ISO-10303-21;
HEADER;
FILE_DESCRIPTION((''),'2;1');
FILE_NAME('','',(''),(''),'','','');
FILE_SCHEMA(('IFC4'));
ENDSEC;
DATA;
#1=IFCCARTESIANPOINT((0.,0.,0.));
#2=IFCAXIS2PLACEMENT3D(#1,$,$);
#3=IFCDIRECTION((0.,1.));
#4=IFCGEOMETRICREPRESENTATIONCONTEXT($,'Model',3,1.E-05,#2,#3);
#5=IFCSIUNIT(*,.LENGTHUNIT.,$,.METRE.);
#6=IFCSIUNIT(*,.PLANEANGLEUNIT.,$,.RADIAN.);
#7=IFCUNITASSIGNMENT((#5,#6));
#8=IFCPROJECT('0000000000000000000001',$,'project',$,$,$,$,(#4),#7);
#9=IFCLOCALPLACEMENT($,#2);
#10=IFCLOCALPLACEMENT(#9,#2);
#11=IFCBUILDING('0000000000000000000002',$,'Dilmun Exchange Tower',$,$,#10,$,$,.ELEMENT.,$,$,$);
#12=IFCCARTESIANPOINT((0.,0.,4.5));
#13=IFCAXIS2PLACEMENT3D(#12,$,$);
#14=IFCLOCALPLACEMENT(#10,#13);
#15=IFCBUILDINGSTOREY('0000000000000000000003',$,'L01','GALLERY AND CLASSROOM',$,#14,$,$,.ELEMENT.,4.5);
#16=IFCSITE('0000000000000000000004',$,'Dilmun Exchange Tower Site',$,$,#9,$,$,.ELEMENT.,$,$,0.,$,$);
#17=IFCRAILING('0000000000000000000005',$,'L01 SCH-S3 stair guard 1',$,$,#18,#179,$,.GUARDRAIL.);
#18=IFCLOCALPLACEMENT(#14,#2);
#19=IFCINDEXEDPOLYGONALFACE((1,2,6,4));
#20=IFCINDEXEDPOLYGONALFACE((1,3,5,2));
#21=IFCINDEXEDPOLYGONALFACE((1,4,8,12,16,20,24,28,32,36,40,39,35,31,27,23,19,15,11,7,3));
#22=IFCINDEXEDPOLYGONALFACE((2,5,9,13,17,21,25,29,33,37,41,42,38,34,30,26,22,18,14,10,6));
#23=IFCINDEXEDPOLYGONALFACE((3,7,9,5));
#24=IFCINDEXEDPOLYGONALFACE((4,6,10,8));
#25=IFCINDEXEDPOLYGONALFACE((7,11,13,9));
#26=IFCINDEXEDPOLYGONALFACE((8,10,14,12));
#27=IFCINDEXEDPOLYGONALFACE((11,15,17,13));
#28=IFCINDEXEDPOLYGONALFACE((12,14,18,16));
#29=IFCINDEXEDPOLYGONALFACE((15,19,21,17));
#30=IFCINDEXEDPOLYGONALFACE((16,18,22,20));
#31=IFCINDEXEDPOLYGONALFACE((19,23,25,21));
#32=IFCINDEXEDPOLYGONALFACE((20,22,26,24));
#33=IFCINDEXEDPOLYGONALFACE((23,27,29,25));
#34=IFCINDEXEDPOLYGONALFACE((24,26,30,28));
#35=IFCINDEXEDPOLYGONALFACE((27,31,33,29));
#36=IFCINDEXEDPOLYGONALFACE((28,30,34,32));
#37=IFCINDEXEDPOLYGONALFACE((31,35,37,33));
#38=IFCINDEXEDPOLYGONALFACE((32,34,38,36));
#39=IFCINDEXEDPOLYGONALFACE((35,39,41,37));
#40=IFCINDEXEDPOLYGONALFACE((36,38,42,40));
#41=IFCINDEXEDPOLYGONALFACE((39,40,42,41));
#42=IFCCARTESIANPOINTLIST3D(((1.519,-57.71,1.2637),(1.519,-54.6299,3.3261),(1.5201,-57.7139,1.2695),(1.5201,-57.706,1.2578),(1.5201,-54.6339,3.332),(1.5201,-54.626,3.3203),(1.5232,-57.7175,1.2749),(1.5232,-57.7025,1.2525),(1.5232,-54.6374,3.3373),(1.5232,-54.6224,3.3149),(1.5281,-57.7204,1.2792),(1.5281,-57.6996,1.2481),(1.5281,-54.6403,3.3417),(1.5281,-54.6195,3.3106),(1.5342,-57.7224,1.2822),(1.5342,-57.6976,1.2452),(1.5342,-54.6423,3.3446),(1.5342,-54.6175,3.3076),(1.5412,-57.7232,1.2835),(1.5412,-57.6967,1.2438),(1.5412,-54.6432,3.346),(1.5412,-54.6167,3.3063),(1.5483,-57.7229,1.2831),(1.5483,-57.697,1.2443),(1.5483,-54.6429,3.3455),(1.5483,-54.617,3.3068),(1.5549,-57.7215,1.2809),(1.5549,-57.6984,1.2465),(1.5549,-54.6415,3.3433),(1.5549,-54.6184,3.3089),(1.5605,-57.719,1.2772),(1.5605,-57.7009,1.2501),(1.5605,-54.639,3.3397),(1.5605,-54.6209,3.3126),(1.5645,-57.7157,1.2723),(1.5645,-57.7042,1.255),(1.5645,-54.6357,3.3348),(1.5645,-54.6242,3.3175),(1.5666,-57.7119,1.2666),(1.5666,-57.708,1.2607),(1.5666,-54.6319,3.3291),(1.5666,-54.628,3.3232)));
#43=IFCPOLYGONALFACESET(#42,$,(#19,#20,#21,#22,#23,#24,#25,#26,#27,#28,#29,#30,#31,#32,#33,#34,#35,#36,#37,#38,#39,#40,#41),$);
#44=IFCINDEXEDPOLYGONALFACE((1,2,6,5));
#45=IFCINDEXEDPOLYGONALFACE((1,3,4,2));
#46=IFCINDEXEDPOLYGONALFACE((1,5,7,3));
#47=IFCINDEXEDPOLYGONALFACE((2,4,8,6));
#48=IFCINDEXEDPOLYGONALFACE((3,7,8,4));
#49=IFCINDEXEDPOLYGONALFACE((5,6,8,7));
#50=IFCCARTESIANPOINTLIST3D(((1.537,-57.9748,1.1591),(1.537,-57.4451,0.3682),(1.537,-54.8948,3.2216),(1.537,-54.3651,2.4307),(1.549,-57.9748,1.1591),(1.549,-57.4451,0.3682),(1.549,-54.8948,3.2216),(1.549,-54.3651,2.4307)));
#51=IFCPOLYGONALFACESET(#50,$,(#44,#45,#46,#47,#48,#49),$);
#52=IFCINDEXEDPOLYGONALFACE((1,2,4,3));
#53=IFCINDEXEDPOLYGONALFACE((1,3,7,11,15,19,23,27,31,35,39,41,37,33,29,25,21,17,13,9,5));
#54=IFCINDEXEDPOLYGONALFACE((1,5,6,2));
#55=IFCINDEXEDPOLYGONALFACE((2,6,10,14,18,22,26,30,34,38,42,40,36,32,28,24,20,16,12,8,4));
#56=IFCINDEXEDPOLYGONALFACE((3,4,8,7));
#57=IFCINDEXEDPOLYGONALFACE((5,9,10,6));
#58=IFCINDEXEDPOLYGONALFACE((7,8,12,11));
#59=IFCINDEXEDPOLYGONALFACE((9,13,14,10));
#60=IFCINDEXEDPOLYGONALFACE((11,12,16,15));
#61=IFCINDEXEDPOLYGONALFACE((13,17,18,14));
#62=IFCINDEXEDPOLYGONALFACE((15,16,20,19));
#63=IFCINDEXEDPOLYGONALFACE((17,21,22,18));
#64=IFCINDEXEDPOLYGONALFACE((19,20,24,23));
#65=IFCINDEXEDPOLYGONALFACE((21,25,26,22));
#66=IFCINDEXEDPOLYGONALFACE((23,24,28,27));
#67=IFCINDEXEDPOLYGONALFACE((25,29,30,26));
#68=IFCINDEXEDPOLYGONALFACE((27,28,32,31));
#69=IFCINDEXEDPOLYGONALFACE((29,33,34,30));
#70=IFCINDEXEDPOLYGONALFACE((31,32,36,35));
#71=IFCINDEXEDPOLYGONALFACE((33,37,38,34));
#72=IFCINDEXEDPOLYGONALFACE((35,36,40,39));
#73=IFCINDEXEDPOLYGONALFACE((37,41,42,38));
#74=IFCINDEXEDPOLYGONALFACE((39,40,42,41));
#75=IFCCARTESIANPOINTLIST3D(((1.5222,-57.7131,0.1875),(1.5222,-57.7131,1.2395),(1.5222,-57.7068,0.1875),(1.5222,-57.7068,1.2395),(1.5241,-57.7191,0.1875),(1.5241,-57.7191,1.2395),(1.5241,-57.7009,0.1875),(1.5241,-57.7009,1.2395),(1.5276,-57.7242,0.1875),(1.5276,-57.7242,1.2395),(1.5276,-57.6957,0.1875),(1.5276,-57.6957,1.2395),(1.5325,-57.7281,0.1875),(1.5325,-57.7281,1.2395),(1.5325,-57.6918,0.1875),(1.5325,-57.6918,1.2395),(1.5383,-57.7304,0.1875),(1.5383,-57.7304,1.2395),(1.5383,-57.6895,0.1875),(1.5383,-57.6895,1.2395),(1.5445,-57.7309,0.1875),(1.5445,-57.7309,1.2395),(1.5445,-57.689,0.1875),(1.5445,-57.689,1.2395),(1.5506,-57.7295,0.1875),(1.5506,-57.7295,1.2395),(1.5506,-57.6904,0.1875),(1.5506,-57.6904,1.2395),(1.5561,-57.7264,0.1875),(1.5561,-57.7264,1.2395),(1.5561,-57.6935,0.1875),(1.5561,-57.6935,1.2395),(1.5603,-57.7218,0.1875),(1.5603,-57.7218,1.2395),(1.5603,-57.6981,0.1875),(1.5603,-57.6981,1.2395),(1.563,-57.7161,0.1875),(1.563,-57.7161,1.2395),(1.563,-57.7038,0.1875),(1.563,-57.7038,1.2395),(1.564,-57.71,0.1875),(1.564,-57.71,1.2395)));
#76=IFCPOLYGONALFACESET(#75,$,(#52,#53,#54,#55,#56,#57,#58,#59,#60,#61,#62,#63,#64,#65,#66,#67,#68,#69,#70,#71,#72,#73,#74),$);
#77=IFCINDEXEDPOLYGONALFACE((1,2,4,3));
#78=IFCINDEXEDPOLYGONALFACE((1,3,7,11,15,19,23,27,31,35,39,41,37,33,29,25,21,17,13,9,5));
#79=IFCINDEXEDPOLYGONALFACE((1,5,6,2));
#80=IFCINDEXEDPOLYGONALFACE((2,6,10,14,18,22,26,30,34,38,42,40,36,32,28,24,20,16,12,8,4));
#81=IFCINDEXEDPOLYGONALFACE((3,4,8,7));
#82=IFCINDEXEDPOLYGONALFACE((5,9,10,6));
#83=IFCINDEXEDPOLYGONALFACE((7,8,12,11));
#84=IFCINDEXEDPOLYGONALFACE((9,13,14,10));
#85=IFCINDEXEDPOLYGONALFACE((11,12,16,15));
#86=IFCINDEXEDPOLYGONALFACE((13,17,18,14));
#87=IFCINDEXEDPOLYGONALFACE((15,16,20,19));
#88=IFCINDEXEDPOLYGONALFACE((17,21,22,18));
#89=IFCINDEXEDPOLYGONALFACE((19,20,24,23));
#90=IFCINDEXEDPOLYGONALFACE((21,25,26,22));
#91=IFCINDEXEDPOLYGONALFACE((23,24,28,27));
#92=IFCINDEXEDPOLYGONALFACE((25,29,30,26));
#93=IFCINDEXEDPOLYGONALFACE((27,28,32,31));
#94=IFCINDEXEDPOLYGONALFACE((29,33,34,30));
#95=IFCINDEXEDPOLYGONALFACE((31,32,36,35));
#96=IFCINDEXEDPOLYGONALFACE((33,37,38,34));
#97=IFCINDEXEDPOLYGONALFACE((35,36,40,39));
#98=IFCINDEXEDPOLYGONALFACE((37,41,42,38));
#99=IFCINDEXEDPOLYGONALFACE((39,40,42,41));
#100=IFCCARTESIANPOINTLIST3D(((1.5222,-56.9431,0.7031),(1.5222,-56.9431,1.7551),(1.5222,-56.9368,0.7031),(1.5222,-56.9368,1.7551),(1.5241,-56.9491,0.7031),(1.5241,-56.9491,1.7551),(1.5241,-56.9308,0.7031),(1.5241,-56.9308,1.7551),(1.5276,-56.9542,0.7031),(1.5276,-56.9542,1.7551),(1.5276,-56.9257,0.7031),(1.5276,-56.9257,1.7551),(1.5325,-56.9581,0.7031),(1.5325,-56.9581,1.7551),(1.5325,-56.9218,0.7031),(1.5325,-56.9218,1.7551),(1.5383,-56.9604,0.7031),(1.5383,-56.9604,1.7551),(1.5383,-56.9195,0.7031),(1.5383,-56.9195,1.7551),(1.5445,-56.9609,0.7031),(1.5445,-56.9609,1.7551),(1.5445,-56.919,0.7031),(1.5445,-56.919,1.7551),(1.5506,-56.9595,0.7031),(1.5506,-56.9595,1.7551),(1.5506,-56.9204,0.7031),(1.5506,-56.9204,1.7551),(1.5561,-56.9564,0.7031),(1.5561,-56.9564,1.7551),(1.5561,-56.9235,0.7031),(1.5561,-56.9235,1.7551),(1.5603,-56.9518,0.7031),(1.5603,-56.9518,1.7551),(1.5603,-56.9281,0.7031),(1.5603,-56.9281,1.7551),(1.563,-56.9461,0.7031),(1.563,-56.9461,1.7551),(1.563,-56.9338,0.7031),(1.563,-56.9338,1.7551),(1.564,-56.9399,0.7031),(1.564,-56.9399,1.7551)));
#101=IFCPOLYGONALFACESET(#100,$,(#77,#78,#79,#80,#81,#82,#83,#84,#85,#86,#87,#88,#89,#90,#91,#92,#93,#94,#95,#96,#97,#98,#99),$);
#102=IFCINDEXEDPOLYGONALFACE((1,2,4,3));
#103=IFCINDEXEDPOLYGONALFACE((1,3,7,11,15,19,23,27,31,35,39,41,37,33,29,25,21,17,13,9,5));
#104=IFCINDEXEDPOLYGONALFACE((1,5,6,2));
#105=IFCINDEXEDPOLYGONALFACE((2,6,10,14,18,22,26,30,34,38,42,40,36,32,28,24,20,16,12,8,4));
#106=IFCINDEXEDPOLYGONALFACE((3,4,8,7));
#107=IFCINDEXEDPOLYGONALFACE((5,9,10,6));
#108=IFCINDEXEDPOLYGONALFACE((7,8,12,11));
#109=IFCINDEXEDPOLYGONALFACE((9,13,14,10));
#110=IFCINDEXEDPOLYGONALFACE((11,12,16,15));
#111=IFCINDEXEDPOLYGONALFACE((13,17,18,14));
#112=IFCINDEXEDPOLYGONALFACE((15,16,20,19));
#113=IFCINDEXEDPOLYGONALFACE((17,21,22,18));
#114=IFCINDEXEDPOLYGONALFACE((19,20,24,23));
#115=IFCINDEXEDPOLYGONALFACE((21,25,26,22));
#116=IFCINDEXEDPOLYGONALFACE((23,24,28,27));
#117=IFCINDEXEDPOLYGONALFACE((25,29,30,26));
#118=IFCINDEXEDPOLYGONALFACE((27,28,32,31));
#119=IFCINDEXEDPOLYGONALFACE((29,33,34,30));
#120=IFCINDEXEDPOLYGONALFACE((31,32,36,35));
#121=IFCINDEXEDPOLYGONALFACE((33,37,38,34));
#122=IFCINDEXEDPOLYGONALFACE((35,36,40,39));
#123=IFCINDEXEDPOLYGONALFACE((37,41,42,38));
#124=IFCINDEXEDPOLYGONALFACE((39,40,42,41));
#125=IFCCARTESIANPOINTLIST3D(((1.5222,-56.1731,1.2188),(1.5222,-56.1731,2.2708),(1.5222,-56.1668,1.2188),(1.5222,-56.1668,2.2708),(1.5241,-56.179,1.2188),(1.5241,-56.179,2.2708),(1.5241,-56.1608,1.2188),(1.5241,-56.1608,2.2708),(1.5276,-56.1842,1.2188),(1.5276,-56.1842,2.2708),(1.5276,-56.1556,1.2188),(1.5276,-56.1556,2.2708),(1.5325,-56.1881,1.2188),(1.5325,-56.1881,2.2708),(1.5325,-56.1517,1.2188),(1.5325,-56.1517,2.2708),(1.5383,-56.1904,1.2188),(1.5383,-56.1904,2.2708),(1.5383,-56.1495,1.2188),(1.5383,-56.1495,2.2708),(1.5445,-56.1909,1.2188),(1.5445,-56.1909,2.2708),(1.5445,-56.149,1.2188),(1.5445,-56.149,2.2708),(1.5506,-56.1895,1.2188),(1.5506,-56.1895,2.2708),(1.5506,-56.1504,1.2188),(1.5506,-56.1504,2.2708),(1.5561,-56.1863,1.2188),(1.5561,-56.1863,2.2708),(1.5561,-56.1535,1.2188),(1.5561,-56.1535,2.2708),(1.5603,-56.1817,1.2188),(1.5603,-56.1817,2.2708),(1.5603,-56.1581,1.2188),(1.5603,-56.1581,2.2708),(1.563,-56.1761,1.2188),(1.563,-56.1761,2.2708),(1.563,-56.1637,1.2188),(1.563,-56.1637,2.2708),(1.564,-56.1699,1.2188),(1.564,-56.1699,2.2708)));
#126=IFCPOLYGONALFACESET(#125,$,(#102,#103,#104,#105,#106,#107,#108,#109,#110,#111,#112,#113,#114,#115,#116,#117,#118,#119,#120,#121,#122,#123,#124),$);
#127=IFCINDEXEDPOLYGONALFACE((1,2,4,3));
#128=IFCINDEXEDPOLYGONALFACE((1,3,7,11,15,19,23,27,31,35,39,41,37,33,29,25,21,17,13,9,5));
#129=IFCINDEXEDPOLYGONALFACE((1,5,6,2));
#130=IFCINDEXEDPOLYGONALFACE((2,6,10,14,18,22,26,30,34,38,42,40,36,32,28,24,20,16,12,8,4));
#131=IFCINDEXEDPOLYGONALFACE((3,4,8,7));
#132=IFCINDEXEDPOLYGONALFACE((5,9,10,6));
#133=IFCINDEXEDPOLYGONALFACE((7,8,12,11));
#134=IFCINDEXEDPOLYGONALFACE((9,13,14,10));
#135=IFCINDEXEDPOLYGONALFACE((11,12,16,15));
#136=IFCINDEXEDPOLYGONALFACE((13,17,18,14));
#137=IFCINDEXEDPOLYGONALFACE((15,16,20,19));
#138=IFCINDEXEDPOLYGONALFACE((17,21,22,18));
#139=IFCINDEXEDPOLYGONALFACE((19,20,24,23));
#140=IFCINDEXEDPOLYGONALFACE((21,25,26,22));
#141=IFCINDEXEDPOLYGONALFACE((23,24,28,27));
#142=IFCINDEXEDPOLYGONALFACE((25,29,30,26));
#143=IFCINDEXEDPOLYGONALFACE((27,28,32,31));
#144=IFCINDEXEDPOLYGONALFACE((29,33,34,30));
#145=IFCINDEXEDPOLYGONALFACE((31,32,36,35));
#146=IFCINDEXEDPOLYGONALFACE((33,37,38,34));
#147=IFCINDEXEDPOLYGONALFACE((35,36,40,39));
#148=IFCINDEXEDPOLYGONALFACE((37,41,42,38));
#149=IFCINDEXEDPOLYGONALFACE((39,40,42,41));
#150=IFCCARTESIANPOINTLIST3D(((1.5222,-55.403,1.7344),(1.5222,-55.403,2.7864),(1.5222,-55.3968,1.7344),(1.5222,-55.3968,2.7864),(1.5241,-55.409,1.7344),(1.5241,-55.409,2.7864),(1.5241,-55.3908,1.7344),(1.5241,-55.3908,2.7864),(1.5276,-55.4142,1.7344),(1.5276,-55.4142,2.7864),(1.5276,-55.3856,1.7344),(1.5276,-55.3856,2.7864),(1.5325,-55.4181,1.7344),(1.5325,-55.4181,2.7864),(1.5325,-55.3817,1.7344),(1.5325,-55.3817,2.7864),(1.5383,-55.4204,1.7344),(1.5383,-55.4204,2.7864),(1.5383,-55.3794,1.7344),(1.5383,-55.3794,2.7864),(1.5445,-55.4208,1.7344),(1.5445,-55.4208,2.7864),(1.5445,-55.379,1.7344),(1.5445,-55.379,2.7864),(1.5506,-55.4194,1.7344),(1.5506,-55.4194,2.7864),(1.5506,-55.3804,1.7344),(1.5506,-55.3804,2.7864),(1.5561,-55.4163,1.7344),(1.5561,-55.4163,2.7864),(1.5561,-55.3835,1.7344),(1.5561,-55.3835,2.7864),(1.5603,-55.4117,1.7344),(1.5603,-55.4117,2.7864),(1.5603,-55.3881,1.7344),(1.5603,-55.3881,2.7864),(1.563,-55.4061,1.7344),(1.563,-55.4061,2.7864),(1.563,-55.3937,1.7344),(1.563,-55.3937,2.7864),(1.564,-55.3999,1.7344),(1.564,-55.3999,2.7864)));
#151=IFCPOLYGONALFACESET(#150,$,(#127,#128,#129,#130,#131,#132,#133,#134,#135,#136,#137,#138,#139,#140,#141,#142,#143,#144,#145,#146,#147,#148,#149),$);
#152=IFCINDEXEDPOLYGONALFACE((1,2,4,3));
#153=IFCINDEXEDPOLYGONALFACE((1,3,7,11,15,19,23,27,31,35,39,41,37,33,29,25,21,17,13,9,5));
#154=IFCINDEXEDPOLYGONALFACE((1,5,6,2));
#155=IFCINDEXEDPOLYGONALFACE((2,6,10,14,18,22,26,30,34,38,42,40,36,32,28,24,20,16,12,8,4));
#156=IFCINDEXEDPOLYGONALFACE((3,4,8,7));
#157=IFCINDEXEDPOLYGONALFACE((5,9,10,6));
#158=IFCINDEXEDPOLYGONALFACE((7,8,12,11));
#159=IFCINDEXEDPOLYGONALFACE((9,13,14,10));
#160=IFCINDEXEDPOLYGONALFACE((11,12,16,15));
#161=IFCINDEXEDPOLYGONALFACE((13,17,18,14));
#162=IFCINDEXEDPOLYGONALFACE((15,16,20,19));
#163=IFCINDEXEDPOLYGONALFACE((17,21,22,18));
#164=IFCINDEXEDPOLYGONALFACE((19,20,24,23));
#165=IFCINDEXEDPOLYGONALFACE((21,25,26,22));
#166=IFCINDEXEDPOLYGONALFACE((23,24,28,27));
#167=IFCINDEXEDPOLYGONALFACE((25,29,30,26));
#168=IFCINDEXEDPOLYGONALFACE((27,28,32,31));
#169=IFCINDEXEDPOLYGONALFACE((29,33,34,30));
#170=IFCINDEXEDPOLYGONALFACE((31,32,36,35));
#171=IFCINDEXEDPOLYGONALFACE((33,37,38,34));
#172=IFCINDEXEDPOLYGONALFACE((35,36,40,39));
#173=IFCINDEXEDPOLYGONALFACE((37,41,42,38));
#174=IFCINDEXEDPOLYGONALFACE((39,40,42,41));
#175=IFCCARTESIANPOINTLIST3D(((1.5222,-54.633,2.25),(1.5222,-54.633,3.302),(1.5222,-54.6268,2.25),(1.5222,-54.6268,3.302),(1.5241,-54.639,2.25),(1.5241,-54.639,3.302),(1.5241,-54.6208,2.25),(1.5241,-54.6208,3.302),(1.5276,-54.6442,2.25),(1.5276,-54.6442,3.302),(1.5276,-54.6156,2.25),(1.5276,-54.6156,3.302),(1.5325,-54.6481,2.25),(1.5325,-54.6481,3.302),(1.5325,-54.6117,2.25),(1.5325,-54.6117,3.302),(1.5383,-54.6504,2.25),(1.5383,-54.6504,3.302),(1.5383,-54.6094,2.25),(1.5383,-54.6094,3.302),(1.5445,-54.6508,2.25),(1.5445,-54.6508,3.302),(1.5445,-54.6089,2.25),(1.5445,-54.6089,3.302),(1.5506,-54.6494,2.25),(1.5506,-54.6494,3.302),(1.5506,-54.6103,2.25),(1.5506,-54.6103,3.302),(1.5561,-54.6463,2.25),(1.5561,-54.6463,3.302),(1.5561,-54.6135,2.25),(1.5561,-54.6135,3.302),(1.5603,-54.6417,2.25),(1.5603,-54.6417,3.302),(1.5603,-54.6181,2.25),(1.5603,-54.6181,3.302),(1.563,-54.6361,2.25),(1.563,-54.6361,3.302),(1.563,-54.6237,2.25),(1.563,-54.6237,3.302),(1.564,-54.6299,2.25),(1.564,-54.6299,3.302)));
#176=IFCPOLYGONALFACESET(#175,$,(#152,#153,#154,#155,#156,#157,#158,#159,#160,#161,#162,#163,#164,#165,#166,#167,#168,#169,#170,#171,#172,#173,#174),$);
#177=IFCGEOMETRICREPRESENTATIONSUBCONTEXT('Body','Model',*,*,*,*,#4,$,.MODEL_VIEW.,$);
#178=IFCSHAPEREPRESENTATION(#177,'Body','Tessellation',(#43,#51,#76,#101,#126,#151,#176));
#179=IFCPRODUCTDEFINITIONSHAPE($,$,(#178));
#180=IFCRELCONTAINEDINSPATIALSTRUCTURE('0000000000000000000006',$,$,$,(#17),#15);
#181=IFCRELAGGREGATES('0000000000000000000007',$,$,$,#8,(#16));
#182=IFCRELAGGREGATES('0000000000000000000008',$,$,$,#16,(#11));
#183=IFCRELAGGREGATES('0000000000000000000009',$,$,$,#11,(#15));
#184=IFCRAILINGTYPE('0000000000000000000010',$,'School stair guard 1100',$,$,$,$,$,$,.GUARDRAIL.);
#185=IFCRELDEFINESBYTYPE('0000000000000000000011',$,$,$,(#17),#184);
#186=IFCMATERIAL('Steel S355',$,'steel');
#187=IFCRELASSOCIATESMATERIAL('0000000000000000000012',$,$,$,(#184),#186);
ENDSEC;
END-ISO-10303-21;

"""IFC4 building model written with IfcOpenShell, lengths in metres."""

from ifc_helpers import new_model, si_unit, direction, frame, origin, origin_2d, place, context, subcontext, project, spatial, rectangle, circle, extrude, material, type_object, element, save


model = new_model("IFC4")

# Units and contexts
model_context = context("Model", 3, precision=1e-05, world=origin(), true_north=direction((0.0, 1.0)))
body_context = subcontext(model_context, "Body", "Model", "MODEL_VIEW")
ifc_project = project(units=[si_unit("LENGTHUNIT", "METRE"), si_unit("PLANEANGLEUNIT", "RADIAN")], contexts=[model_context])

# Site, building, storey
site_placement = place(None, origin())
site = spatial("IfcSite", under=ifc_project, at=site_placement, Name="Dilmun Exchange Tower Site", CompositionType="ELEMENT", RefElevation=0.0)
building_placement = place(site_placement, origin())
building = spatial("IfcBuilding", under=site, at=building_placement, Name="Dilmun Exchange Tower", CompositionType="ELEMENT")
storey_placement = place(building_placement, frame((0.0, 0.0, 4.5)))
storey = spatial("IfcBuildingStorey", under=building, at=storey_placement, Name="L01", Description="GALLERY AND CLASSROOM", CompositionType="ELEMENT", Elevation=4.5)

# Railing
ifc_material_1 = material(Name="Steel S355", Category="steel")
railing_type_1 = type_object("IfcRailingType", Name="School stair guard 1100", PredefinedType="GUARDRAIL", material=ifc_material_1)
railing_1_placement = place(storey_placement, frame((1.543, -57.71, 0.1875)))
element("IfcRailing", 1, at=railing_1_placement, inside=storey, type_object=railing_type_1, Name="L01 SCH-S3 stair guard 1", PredefinedType="GUARDRAIL", context=body_context, shape_type="SweptSolid", body=[
    extrude(circle(Radius=0.0239, at=origin_2d()), frame((0.0, 0.0, 1.0762), z_axis=(0.0, 0.830914, 0.556401), x_axis=(-1.0, 0.0, 0.0)), (0.0, 0.0, 1.0), 3.7068),
    extrude(rectangle(XDim=0.012, YDim=0.9519, at=origin_2d()), frame((0.0, 0.0, 0.5762), z_axis=(0.0, 0.830914, 0.556401), x_axis=(-1.0, 0.0, 0.0)), (0.0, 0.0, 1.0), 3.7068),
    extrude(circle(Radius=0.021, at=origin_2d()), origin(), (0.0, 0.0, 1.0), 1.052),
    extrude(circle(Radius=0.021, at=origin_2d()), frame((0.0, 0.77, 0.5156)), (0.0, 0.0, 1.0), 1.052),
    extrude(circle(Radius=0.021, at=origin_2d()), frame((0.0, 1.54, 1.0312)), (0.0, 0.0, 1.0), 1.052),
    extrude(circle(Radius=0.021, at=origin_2d()), frame((0.0, 2.3101, 1.5469)), (0.0, 0.0, 1.0), 1.052),
    extrude(circle(Radius=0.021, at=origin_2d()), frame((0.0, 3.0801, 2.0625)), (0.0, 0.0, 1.0), 1.052),
])

save(model, "model.ifc")
